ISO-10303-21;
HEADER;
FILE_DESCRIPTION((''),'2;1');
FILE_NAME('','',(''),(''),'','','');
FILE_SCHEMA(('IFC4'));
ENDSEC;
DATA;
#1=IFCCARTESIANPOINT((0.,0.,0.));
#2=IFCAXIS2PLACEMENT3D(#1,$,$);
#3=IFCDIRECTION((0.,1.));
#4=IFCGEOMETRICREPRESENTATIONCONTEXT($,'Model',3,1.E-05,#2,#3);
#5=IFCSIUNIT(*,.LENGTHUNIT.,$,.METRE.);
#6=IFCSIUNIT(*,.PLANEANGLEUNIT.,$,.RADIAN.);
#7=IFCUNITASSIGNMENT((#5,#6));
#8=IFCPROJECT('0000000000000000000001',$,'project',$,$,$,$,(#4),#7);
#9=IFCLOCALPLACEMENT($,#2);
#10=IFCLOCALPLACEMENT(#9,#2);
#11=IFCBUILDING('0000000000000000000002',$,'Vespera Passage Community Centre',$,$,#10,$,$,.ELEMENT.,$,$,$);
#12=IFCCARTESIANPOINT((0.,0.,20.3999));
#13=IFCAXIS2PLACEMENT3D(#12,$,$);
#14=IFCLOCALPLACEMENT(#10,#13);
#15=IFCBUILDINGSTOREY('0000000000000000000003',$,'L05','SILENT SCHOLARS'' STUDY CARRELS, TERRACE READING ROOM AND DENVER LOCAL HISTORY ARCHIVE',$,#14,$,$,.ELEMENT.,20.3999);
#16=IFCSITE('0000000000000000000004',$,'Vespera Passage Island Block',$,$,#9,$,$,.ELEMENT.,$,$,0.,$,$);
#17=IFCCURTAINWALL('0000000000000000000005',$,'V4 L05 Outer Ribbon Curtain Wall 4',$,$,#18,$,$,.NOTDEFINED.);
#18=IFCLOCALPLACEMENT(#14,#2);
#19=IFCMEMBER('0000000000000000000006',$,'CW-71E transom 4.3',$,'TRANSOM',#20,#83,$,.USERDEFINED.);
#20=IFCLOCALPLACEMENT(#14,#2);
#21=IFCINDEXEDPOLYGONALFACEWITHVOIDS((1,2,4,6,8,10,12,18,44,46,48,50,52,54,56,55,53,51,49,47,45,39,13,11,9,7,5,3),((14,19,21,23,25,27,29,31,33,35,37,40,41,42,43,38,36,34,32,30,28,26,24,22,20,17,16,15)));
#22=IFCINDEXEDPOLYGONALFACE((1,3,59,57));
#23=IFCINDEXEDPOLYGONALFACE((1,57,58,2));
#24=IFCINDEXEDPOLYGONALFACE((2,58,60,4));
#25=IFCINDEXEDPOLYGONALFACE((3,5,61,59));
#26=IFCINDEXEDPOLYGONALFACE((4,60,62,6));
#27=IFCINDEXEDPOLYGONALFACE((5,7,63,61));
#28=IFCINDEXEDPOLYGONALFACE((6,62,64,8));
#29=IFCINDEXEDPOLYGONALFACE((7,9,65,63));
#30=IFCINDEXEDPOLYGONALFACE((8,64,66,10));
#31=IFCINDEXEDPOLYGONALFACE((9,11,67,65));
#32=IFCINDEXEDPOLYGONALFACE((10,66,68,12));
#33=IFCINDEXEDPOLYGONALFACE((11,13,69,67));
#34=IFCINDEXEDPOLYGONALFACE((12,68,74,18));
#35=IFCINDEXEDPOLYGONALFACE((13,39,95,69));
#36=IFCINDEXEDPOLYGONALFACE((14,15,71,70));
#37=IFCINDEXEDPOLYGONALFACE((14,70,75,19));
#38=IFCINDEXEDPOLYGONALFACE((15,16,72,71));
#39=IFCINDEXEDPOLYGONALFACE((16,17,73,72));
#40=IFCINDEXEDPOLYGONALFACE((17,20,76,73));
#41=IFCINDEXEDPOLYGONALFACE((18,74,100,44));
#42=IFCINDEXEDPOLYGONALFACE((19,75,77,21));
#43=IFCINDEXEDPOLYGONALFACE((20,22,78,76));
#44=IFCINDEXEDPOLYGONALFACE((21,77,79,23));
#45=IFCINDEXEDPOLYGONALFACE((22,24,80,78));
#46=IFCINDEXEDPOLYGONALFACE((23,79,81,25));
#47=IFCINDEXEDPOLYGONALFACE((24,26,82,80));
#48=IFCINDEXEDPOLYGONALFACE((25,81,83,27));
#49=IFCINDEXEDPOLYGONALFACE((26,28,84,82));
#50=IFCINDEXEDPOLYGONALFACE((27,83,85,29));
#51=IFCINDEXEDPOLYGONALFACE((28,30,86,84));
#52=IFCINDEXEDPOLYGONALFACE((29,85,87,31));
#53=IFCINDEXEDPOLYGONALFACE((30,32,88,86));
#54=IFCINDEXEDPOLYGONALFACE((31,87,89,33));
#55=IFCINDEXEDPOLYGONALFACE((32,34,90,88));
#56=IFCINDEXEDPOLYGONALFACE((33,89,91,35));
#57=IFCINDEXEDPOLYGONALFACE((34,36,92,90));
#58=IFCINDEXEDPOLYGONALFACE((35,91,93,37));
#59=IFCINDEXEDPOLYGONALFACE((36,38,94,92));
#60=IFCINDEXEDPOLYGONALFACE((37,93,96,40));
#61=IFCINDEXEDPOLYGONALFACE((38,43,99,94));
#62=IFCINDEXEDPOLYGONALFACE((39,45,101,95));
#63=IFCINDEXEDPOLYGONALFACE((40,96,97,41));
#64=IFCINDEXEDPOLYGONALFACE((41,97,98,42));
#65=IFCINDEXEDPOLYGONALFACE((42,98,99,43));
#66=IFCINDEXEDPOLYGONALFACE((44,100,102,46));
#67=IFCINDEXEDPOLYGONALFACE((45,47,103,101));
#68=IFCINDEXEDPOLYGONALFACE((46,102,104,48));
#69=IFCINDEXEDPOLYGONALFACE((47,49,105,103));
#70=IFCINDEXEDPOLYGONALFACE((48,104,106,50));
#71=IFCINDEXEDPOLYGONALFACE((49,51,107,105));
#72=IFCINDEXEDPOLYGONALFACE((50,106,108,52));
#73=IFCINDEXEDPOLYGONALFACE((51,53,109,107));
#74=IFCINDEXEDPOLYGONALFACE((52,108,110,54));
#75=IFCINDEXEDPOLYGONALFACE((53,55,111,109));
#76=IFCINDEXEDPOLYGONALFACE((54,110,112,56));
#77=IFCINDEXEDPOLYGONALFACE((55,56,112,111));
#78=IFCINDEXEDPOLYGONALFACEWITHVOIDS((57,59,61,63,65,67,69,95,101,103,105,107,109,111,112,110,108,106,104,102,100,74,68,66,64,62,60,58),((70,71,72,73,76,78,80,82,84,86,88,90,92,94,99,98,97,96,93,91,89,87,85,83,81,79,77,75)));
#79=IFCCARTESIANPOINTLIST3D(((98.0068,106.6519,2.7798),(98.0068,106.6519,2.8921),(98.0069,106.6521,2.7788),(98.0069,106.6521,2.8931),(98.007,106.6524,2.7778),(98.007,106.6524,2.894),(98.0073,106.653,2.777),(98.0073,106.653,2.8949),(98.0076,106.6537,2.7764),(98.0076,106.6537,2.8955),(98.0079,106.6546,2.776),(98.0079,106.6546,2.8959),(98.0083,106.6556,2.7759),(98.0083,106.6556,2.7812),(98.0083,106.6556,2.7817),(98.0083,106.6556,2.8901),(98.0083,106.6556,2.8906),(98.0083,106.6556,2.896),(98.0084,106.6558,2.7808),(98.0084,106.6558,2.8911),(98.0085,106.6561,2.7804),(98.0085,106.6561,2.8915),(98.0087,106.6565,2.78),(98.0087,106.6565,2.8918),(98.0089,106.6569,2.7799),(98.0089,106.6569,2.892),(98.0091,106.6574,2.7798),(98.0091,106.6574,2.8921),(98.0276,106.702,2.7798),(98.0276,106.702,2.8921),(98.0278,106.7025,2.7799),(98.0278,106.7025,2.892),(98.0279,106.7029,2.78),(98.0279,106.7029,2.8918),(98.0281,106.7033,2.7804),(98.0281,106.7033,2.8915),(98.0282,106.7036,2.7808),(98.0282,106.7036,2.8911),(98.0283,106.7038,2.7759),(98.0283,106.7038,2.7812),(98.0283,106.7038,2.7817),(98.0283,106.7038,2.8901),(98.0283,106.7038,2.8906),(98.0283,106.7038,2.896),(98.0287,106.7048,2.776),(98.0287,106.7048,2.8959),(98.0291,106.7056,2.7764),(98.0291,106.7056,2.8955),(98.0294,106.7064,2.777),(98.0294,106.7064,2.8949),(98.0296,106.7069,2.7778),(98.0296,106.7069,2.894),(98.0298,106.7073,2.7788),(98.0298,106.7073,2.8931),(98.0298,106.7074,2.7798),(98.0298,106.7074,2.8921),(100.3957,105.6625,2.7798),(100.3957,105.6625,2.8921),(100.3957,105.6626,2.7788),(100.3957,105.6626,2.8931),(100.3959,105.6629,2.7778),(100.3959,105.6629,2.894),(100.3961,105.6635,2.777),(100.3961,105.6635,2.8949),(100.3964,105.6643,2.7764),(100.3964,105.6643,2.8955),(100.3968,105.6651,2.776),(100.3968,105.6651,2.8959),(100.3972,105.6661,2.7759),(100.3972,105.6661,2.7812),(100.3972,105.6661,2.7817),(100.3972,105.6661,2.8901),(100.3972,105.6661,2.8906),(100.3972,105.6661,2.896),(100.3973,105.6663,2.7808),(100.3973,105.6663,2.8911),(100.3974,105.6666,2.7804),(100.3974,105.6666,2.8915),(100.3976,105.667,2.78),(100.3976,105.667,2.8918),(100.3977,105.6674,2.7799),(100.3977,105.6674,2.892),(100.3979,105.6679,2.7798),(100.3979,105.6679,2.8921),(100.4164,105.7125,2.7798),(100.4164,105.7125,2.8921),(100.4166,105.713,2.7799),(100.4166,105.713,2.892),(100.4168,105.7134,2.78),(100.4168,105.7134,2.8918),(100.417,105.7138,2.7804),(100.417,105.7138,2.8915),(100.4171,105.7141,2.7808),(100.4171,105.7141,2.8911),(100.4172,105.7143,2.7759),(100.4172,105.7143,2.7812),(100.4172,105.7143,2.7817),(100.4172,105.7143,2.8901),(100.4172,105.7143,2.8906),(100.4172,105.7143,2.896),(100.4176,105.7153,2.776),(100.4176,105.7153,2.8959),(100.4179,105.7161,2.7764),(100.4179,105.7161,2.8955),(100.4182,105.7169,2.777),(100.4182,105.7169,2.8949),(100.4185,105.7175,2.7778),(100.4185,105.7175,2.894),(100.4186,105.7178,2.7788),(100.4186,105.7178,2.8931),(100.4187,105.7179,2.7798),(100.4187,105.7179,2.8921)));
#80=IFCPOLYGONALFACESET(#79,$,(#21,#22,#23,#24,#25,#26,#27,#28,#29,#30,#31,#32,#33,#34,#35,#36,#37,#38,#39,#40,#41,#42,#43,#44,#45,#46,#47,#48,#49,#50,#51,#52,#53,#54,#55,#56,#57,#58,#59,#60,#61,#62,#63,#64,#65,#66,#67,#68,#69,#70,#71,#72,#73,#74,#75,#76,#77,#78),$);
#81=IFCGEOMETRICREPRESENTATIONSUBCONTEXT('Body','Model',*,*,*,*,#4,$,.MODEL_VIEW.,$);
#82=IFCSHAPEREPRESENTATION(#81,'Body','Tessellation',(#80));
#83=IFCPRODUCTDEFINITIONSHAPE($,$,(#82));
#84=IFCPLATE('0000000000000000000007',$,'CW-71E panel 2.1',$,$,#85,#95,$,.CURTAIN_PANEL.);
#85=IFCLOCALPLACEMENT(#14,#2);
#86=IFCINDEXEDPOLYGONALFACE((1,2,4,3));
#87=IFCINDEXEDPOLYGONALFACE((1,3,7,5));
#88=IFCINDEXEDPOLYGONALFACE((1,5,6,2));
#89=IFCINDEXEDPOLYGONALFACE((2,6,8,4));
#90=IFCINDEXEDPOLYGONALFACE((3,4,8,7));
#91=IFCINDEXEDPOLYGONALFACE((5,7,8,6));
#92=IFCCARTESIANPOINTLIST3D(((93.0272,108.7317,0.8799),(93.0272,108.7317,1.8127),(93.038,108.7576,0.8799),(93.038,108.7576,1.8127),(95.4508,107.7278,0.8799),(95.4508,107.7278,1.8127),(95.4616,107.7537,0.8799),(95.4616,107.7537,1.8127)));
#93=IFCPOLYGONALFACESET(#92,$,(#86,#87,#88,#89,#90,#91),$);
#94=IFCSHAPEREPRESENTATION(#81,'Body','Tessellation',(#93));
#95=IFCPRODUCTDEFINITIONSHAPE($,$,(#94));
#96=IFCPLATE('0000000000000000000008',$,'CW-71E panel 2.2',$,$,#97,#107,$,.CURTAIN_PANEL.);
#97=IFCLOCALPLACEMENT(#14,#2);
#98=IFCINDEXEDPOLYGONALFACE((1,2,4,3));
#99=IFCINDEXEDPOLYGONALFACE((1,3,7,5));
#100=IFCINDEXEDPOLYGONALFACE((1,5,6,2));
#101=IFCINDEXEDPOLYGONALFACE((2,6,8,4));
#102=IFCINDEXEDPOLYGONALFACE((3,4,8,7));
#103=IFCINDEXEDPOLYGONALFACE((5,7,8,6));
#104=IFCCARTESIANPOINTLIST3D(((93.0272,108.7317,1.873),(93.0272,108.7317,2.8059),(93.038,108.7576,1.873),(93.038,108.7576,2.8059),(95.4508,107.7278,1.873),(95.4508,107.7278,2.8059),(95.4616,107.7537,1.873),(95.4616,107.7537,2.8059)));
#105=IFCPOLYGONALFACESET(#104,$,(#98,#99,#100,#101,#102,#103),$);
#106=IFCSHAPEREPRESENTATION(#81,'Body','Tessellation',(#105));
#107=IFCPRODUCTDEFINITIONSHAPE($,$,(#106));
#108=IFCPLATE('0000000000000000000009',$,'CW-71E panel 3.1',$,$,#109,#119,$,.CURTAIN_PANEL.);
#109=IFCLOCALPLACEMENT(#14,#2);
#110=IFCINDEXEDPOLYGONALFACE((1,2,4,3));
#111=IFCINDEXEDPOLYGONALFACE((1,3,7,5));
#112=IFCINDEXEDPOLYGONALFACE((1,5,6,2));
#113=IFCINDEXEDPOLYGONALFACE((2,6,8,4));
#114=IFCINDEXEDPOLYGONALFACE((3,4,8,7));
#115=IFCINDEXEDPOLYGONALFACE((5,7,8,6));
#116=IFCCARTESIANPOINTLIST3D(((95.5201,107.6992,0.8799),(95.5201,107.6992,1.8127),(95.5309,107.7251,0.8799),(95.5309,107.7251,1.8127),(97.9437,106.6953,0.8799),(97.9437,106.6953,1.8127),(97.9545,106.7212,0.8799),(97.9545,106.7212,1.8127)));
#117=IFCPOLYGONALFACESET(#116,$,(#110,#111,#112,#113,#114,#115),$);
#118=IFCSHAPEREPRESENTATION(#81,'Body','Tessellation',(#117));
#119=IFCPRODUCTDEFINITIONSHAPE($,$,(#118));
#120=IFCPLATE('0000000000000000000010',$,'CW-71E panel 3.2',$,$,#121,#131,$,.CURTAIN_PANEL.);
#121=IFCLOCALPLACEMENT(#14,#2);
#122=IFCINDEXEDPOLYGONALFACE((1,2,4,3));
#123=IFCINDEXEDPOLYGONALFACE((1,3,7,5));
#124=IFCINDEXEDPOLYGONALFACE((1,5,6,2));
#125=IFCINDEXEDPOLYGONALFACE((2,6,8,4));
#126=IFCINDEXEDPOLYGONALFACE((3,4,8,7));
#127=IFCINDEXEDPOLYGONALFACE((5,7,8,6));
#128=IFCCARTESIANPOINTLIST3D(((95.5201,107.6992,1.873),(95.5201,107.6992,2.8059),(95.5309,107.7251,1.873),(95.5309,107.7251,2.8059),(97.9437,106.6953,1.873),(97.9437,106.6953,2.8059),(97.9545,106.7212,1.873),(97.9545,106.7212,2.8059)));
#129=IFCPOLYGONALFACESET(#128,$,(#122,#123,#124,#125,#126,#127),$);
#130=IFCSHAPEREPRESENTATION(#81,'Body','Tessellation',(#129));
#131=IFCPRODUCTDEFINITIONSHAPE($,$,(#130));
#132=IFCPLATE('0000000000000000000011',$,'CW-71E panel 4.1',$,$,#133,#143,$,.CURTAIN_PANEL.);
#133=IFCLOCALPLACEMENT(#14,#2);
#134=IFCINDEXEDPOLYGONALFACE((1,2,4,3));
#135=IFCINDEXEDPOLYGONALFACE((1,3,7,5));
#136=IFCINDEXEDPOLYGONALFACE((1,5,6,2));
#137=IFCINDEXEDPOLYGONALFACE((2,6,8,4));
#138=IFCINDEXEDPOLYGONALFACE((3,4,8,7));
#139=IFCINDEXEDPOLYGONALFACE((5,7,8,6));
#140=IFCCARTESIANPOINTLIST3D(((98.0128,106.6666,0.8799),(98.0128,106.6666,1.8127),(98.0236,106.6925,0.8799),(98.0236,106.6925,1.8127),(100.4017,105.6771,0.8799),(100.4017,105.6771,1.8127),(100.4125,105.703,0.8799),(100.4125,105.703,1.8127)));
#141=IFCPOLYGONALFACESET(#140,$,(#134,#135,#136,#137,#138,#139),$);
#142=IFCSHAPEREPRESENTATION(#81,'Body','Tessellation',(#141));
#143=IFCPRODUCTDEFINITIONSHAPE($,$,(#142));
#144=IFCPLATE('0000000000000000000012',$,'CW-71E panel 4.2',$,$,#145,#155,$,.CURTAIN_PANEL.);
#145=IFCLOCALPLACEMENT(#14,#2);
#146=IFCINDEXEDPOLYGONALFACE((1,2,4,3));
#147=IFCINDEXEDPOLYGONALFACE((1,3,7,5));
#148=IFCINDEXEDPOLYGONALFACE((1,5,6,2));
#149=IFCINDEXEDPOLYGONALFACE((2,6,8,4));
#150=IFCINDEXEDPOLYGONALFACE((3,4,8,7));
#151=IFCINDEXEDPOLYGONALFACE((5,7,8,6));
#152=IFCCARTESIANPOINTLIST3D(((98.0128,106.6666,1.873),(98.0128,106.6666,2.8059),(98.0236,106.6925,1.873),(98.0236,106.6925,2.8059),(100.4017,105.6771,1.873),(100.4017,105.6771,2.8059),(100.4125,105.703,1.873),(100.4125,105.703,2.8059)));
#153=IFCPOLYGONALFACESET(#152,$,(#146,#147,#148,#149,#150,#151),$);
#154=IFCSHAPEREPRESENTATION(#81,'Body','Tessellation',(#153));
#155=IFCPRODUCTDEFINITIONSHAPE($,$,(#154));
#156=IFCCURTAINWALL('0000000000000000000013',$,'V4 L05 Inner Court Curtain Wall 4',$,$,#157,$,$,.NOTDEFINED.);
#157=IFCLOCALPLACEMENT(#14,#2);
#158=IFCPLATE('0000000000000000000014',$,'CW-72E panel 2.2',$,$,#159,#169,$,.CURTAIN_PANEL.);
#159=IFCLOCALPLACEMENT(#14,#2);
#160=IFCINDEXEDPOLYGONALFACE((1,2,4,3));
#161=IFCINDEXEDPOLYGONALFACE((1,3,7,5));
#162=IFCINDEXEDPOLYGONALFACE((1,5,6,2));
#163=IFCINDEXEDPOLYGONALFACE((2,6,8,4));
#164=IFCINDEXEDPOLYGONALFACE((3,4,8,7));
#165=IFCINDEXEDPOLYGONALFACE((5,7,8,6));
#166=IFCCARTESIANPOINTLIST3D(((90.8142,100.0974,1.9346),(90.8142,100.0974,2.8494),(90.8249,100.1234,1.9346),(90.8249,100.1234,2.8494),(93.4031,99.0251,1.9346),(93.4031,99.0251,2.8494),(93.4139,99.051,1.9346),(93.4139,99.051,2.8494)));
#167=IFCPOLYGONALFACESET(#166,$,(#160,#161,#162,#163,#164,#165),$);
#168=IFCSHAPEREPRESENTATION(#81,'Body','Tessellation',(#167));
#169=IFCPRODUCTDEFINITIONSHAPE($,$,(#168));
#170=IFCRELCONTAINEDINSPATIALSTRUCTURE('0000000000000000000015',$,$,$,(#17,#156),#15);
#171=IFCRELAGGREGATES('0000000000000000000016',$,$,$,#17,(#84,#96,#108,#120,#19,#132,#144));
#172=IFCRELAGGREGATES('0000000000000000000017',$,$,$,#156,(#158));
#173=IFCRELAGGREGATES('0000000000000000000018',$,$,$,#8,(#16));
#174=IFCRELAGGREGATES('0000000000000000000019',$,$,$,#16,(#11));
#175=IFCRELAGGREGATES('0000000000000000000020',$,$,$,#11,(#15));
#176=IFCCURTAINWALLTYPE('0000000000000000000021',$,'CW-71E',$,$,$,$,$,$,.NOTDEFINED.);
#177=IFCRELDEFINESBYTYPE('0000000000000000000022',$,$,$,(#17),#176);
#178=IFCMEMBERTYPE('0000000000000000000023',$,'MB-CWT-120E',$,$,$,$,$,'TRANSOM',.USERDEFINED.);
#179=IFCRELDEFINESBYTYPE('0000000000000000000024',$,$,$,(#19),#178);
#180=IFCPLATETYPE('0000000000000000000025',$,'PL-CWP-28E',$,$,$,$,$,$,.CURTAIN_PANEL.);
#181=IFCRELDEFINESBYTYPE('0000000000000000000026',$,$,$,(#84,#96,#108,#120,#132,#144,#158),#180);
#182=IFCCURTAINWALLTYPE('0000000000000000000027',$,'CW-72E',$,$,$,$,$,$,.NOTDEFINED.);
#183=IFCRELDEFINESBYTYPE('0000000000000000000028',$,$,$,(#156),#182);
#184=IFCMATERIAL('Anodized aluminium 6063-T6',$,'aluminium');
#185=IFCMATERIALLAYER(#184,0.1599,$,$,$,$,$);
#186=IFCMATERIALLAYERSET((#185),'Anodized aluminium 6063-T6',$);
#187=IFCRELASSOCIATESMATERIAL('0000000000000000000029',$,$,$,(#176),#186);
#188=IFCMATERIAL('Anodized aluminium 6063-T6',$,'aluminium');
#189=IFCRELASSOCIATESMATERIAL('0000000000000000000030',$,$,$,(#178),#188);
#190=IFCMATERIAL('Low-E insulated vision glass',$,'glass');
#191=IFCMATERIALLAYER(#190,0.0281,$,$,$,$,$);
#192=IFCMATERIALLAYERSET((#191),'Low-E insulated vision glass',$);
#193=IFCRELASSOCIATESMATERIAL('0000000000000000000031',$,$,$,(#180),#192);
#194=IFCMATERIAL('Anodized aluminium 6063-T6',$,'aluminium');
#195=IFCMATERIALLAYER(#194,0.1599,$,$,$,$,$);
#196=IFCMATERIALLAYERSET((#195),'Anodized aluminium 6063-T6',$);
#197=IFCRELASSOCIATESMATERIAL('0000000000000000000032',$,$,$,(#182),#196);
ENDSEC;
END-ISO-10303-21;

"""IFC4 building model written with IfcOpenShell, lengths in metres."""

from ifc_helpers import new_model, si_unit, direction, frame, origin, origin_2d, place, context, subcontext, project, spatial, rectangle, hollow_rectangle, extrude, material, layer, layer_set, material_profile, profile_set, type_object, element, aggregate, save


model = new_model("IFC4")

# Units and contexts
model_context = context("Model", 3, precision=1e-05, world=origin(), true_north=direction((0.0, 1.0)))
body_context = subcontext(model_context, "Body", "Model", "MODEL_VIEW")
ifc_project = project(units=[si_unit("LENGTHUNIT", "METRE"), si_unit("PLANEANGLEUNIT", "RADIAN")], contexts=[model_context])

# Site, building, storey
site_placement = place(None, origin())
site = spatial("IfcSite", under=ifc_project, at=site_placement, Name="Vespera Passage Island Block", CompositionType="ELEMENT", RefElevation=0.0)
building_placement = place(site_placement, origin())
building = spatial("IfcBuilding", under=site, at=building_placement, Name="Vespera Passage Community Centre", CompositionType="ELEMENT")
storey_placement = place(building_placement, frame((0.0, 0.0, 20.3999)))
storey = spatial("IfcBuildingStorey", under=building, at=storey_placement, Name="L05", Description="SILENT SCHOLARS' STUDY CARRELS, TERRACE READING ROOM AND DENVER LOCAL HISTORY ARCHIVE", CompositionType="ELEMENT", Elevation=20.3999)

# Curtain wall, member, plates
ifc_material_1 = material(Name="Anodized aluminium 6063-T6", Category="aluminium")
ifc_layer_1 = layer(ifc_material_1, 0.1599)
ifc_layer_set_1 = layer_set([ifc_layer_1], Name="Anodized aluminium 6063-T6")
curtain_wall_type_1 = type_object("IfcCurtainWallType", Name="CW-71E", PredefinedType="NOTDEFINED", material=ifc_layer_set_1)
curtain_wall_1_placement = place(storey_placement, origin())
curtain_wall_1 = element("IfcCurtainWall", 1, at=curtain_wall_1_placement, inside=storey, type_object=curtain_wall_type_1, Name="V4 L05 Outer Ribbon Curtain Wall 4", PredefinedType="NOTDEFINED")
ifc_material_2 = material(Name="Anodized aluminium 6063-T6", Category="aluminium")
ifc_material_profile_1 = material_profile(ifc_material_2, hollow_rectangle(XDim=0.0601, YDim=0.1201, WallThickness=0.0039, InnerFilletRadius=0.002, OuterFilletRadius=0.0039, at=origin_2d()), Name="ALU120X60X4")
ifc_profile_set_1 = profile_set([ifc_material_profile_1], Name="Anodized aluminium 6063-T6")
member_type_1 = type_object("IfcMemberType", Name="MB-CWT-120E", ElementType="TRANSOM", PredefinedType="USERDEFINED", material=ifc_profile_set_1)
member_1_placement = place(storey_placement, frame((98.0183, 106.6797, 2.8359), z_axis=(0.923882, -0.382677, 0.0), x_axis=(0.382677, 0.923882, 0.0)))
member_1 = element("IfcMember", 2, at=member_1_placement, type_object=member_type_1, Name="CW-71E transom 4.3", ObjectType="TRANSOM", PredefinedType="USERDEFINED", context=body_context, shape_type="SweptSolid", body=[
    extrude(hollow_rectangle(XDim=0.0601, YDim=0.1201, WallThickness=0.0039, InnerFilletRadius=0.002, OuterFilletRadius=0.0039, at=origin_2d()), origin(), (0.0, 0.0, 1.0), 2.5857),
])
ifc_material_3 = material(Name="Low-E insulated vision glass", Category="glass")
ifc_layer_2 = layer(ifc_material_3, 0.0281)
ifc_layer_set_2 = layer_set([ifc_layer_2], Name="Low-E insulated vision glass")
plate_type = type_object("IfcPlateType", Name="PL-CWP-28E", PredefinedType="CURTAIN_PANEL", material=ifc_layer_set_2)
plate_1_placement = place(storey_placement, frame((94.2444, 108.2427, 0.8799), z_axis=(0.0, 0.0, 1.0), x_axis=(0.92388, -0.382683, 0.0)))
plate_1 = element("IfcPlate", 3, at=plate_1_placement, type_object=plate_type, Name="CW-71E panel 2.1", PredefinedType="CURTAIN_PANEL", context=body_context, shape_type="SweptSolid", body=[
    extrude(rectangle(XDim=2.6233, YDim=0.0281, at=origin_2d()), origin(), (0.0, 0.0, 1.0), 0.9329),
])
plate_2_placement = place(storey_placement, frame((94.2444, 108.2427, 1.873), z_axis=(0.0, 0.0, 1.0), x_axis=(0.92388, -0.382683, 0.0)))
plate_2 = element("IfcPlate", 4, at=plate_2_placement, type_object=plate_type, Name="CW-71E panel 2.2", PredefinedType="CURTAIN_PANEL", context=body_context, shape_type="SweptSolid", body=[
    extrude(rectangle(XDim=2.6233, YDim=0.0281, at=origin_2d()), origin(), (0.0, 0.0, 1.0), 0.9329),
])
plate_3_placement = place(storey_placement, frame((96.7373, 107.2102, 0.8799), z_axis=(0.0, 0.0, 1.0), x_axis=(0.92388, -0.382683, 0.0)))
plate_3 = element("IfcPlate", 5, at=plate_3_placement, type_object=plate_type, Name="CW-71E panel 3.1", PredefinedType="CURTAIN_PANEL", context=body_context, shape_type="SweptSolid", body=[
    extrude(rectangle(XDim=2.6233, YDim=0.0281, at=origin_2d()), origin(), (0.0, 0.0, 1.0), 0.9329),
])
plate_4_placement = place(storey_placement, frame((96.7373, 107.2102, 1.873), z_axis=(0.0, 0.0, 1.0), x_axis=(0.92388, -0.382683, 0.0)))
plate_4 = element("IfcPlate", 6, at=plate_4_placement, type_object=plate_type, Name="CW-71E panel 3.2", PredefinedType="CURTAIN_PANEL", context=body_context, shape_type="SweptSolid", body=[
    extrude(rectangle(XDim=2.6233, YDim=0.0281, at=origin_2d()), origin(), (0.0, 0.0, 1.0), 0.9329),
])
plate_5_placement = place(storey_placement, frame((99.2126, 106.1848, 0.8799), z_axis=(0.0, 0.0, 1.0), x_axis=(0.92388, -0.382683, 0.0)))
plate_5 = element("IfcPlate", 7, at=plate_5_placement, type_object=plate_type, Name="CW-71E panel 4.1", PredefinedType="CURTAIN_PANEL", context=body_context, shape_type="SweptSolid", body=[
    extrude(rectangle(XDim=2.5857, YDim=0.0281, at=origin_2d()), origin(), (0.0, 0.0, 1.0), 0.9329),
])
plate_6_placement = place(storey_placement, frame((99.2126, 106.1848, 1.873), z_axis=(0.0, 0.0, 1.0), x_axis=(0.92388, -0.382683, 0.0)))
plate_6 = element("IfcPlate", 8, at=plate_6_placement, type_object=plate_type, Name="CW-71E panel 4.2", PredefinedType="CURTAIN_PANEL", context=body_context, shape_type="SweptSolid", body=[
    extrude(rectangle(XDim=2.5857, YDim=0.0281, at=origin_2d()), origin(), (0.0, 0.0, 1.0), 0.9329),
])
aggregate(curtain_wall_1, [plate_1, plate_2, plate_3, plate_4, member_1, plate_5, plate_6])

# Curtain wall, plate
ifc_material_4 = material(Name="Anodized aluminium 6063-T6", Category="aluminium")
ifc_layer_3 = layer(ifc_material_4, 0.1599)
ifc_layer_set_3 = layer_set([ifc_layer_3], Name="Anodized aluminium 6063-T6")
curtain_wall_type_2 = type_object("IfcCurtainWallType", Name="CW-72E", PredefinedType="NOTDEFINED", material=ifc_layer_set_3)
curtain_wall_2_placement = place(storey_placement, origin())
curtain_wall_2 = element("IfcCurtainWall", 9, at=curtain_wall_2_placement, inside=storey, type_object=curtain_wall_type_2, Name="V4 L05 Inner Court Curtain Wall 4", PredefinedType="NOTDEFINED")
plate_7_placement = place(storey_placement, frame((92.114, 99.5742, 1.9346), z_axis=(0.0, 0.0, 1.0), x_axis=(-0.923877, 0.38269, 0.0)))
plate_7 = element("IfcPlate", 10, at=plate_7_placement, type_object=plate_type, Name="CW-72E panel 2.2", PredefinedType="CURTAIN_PANEL", context=body_context, shape_type="SweptSolid", body=[
    extrude(rectangle(XDim=2.8022, YDim=0.0281, at=origin_2d()), origin(), (0.0, 0.0, 1.0), 0.9148),
])
aggregate(curtain_wall_2, [plate_7])

save(model, "model.ifc")
